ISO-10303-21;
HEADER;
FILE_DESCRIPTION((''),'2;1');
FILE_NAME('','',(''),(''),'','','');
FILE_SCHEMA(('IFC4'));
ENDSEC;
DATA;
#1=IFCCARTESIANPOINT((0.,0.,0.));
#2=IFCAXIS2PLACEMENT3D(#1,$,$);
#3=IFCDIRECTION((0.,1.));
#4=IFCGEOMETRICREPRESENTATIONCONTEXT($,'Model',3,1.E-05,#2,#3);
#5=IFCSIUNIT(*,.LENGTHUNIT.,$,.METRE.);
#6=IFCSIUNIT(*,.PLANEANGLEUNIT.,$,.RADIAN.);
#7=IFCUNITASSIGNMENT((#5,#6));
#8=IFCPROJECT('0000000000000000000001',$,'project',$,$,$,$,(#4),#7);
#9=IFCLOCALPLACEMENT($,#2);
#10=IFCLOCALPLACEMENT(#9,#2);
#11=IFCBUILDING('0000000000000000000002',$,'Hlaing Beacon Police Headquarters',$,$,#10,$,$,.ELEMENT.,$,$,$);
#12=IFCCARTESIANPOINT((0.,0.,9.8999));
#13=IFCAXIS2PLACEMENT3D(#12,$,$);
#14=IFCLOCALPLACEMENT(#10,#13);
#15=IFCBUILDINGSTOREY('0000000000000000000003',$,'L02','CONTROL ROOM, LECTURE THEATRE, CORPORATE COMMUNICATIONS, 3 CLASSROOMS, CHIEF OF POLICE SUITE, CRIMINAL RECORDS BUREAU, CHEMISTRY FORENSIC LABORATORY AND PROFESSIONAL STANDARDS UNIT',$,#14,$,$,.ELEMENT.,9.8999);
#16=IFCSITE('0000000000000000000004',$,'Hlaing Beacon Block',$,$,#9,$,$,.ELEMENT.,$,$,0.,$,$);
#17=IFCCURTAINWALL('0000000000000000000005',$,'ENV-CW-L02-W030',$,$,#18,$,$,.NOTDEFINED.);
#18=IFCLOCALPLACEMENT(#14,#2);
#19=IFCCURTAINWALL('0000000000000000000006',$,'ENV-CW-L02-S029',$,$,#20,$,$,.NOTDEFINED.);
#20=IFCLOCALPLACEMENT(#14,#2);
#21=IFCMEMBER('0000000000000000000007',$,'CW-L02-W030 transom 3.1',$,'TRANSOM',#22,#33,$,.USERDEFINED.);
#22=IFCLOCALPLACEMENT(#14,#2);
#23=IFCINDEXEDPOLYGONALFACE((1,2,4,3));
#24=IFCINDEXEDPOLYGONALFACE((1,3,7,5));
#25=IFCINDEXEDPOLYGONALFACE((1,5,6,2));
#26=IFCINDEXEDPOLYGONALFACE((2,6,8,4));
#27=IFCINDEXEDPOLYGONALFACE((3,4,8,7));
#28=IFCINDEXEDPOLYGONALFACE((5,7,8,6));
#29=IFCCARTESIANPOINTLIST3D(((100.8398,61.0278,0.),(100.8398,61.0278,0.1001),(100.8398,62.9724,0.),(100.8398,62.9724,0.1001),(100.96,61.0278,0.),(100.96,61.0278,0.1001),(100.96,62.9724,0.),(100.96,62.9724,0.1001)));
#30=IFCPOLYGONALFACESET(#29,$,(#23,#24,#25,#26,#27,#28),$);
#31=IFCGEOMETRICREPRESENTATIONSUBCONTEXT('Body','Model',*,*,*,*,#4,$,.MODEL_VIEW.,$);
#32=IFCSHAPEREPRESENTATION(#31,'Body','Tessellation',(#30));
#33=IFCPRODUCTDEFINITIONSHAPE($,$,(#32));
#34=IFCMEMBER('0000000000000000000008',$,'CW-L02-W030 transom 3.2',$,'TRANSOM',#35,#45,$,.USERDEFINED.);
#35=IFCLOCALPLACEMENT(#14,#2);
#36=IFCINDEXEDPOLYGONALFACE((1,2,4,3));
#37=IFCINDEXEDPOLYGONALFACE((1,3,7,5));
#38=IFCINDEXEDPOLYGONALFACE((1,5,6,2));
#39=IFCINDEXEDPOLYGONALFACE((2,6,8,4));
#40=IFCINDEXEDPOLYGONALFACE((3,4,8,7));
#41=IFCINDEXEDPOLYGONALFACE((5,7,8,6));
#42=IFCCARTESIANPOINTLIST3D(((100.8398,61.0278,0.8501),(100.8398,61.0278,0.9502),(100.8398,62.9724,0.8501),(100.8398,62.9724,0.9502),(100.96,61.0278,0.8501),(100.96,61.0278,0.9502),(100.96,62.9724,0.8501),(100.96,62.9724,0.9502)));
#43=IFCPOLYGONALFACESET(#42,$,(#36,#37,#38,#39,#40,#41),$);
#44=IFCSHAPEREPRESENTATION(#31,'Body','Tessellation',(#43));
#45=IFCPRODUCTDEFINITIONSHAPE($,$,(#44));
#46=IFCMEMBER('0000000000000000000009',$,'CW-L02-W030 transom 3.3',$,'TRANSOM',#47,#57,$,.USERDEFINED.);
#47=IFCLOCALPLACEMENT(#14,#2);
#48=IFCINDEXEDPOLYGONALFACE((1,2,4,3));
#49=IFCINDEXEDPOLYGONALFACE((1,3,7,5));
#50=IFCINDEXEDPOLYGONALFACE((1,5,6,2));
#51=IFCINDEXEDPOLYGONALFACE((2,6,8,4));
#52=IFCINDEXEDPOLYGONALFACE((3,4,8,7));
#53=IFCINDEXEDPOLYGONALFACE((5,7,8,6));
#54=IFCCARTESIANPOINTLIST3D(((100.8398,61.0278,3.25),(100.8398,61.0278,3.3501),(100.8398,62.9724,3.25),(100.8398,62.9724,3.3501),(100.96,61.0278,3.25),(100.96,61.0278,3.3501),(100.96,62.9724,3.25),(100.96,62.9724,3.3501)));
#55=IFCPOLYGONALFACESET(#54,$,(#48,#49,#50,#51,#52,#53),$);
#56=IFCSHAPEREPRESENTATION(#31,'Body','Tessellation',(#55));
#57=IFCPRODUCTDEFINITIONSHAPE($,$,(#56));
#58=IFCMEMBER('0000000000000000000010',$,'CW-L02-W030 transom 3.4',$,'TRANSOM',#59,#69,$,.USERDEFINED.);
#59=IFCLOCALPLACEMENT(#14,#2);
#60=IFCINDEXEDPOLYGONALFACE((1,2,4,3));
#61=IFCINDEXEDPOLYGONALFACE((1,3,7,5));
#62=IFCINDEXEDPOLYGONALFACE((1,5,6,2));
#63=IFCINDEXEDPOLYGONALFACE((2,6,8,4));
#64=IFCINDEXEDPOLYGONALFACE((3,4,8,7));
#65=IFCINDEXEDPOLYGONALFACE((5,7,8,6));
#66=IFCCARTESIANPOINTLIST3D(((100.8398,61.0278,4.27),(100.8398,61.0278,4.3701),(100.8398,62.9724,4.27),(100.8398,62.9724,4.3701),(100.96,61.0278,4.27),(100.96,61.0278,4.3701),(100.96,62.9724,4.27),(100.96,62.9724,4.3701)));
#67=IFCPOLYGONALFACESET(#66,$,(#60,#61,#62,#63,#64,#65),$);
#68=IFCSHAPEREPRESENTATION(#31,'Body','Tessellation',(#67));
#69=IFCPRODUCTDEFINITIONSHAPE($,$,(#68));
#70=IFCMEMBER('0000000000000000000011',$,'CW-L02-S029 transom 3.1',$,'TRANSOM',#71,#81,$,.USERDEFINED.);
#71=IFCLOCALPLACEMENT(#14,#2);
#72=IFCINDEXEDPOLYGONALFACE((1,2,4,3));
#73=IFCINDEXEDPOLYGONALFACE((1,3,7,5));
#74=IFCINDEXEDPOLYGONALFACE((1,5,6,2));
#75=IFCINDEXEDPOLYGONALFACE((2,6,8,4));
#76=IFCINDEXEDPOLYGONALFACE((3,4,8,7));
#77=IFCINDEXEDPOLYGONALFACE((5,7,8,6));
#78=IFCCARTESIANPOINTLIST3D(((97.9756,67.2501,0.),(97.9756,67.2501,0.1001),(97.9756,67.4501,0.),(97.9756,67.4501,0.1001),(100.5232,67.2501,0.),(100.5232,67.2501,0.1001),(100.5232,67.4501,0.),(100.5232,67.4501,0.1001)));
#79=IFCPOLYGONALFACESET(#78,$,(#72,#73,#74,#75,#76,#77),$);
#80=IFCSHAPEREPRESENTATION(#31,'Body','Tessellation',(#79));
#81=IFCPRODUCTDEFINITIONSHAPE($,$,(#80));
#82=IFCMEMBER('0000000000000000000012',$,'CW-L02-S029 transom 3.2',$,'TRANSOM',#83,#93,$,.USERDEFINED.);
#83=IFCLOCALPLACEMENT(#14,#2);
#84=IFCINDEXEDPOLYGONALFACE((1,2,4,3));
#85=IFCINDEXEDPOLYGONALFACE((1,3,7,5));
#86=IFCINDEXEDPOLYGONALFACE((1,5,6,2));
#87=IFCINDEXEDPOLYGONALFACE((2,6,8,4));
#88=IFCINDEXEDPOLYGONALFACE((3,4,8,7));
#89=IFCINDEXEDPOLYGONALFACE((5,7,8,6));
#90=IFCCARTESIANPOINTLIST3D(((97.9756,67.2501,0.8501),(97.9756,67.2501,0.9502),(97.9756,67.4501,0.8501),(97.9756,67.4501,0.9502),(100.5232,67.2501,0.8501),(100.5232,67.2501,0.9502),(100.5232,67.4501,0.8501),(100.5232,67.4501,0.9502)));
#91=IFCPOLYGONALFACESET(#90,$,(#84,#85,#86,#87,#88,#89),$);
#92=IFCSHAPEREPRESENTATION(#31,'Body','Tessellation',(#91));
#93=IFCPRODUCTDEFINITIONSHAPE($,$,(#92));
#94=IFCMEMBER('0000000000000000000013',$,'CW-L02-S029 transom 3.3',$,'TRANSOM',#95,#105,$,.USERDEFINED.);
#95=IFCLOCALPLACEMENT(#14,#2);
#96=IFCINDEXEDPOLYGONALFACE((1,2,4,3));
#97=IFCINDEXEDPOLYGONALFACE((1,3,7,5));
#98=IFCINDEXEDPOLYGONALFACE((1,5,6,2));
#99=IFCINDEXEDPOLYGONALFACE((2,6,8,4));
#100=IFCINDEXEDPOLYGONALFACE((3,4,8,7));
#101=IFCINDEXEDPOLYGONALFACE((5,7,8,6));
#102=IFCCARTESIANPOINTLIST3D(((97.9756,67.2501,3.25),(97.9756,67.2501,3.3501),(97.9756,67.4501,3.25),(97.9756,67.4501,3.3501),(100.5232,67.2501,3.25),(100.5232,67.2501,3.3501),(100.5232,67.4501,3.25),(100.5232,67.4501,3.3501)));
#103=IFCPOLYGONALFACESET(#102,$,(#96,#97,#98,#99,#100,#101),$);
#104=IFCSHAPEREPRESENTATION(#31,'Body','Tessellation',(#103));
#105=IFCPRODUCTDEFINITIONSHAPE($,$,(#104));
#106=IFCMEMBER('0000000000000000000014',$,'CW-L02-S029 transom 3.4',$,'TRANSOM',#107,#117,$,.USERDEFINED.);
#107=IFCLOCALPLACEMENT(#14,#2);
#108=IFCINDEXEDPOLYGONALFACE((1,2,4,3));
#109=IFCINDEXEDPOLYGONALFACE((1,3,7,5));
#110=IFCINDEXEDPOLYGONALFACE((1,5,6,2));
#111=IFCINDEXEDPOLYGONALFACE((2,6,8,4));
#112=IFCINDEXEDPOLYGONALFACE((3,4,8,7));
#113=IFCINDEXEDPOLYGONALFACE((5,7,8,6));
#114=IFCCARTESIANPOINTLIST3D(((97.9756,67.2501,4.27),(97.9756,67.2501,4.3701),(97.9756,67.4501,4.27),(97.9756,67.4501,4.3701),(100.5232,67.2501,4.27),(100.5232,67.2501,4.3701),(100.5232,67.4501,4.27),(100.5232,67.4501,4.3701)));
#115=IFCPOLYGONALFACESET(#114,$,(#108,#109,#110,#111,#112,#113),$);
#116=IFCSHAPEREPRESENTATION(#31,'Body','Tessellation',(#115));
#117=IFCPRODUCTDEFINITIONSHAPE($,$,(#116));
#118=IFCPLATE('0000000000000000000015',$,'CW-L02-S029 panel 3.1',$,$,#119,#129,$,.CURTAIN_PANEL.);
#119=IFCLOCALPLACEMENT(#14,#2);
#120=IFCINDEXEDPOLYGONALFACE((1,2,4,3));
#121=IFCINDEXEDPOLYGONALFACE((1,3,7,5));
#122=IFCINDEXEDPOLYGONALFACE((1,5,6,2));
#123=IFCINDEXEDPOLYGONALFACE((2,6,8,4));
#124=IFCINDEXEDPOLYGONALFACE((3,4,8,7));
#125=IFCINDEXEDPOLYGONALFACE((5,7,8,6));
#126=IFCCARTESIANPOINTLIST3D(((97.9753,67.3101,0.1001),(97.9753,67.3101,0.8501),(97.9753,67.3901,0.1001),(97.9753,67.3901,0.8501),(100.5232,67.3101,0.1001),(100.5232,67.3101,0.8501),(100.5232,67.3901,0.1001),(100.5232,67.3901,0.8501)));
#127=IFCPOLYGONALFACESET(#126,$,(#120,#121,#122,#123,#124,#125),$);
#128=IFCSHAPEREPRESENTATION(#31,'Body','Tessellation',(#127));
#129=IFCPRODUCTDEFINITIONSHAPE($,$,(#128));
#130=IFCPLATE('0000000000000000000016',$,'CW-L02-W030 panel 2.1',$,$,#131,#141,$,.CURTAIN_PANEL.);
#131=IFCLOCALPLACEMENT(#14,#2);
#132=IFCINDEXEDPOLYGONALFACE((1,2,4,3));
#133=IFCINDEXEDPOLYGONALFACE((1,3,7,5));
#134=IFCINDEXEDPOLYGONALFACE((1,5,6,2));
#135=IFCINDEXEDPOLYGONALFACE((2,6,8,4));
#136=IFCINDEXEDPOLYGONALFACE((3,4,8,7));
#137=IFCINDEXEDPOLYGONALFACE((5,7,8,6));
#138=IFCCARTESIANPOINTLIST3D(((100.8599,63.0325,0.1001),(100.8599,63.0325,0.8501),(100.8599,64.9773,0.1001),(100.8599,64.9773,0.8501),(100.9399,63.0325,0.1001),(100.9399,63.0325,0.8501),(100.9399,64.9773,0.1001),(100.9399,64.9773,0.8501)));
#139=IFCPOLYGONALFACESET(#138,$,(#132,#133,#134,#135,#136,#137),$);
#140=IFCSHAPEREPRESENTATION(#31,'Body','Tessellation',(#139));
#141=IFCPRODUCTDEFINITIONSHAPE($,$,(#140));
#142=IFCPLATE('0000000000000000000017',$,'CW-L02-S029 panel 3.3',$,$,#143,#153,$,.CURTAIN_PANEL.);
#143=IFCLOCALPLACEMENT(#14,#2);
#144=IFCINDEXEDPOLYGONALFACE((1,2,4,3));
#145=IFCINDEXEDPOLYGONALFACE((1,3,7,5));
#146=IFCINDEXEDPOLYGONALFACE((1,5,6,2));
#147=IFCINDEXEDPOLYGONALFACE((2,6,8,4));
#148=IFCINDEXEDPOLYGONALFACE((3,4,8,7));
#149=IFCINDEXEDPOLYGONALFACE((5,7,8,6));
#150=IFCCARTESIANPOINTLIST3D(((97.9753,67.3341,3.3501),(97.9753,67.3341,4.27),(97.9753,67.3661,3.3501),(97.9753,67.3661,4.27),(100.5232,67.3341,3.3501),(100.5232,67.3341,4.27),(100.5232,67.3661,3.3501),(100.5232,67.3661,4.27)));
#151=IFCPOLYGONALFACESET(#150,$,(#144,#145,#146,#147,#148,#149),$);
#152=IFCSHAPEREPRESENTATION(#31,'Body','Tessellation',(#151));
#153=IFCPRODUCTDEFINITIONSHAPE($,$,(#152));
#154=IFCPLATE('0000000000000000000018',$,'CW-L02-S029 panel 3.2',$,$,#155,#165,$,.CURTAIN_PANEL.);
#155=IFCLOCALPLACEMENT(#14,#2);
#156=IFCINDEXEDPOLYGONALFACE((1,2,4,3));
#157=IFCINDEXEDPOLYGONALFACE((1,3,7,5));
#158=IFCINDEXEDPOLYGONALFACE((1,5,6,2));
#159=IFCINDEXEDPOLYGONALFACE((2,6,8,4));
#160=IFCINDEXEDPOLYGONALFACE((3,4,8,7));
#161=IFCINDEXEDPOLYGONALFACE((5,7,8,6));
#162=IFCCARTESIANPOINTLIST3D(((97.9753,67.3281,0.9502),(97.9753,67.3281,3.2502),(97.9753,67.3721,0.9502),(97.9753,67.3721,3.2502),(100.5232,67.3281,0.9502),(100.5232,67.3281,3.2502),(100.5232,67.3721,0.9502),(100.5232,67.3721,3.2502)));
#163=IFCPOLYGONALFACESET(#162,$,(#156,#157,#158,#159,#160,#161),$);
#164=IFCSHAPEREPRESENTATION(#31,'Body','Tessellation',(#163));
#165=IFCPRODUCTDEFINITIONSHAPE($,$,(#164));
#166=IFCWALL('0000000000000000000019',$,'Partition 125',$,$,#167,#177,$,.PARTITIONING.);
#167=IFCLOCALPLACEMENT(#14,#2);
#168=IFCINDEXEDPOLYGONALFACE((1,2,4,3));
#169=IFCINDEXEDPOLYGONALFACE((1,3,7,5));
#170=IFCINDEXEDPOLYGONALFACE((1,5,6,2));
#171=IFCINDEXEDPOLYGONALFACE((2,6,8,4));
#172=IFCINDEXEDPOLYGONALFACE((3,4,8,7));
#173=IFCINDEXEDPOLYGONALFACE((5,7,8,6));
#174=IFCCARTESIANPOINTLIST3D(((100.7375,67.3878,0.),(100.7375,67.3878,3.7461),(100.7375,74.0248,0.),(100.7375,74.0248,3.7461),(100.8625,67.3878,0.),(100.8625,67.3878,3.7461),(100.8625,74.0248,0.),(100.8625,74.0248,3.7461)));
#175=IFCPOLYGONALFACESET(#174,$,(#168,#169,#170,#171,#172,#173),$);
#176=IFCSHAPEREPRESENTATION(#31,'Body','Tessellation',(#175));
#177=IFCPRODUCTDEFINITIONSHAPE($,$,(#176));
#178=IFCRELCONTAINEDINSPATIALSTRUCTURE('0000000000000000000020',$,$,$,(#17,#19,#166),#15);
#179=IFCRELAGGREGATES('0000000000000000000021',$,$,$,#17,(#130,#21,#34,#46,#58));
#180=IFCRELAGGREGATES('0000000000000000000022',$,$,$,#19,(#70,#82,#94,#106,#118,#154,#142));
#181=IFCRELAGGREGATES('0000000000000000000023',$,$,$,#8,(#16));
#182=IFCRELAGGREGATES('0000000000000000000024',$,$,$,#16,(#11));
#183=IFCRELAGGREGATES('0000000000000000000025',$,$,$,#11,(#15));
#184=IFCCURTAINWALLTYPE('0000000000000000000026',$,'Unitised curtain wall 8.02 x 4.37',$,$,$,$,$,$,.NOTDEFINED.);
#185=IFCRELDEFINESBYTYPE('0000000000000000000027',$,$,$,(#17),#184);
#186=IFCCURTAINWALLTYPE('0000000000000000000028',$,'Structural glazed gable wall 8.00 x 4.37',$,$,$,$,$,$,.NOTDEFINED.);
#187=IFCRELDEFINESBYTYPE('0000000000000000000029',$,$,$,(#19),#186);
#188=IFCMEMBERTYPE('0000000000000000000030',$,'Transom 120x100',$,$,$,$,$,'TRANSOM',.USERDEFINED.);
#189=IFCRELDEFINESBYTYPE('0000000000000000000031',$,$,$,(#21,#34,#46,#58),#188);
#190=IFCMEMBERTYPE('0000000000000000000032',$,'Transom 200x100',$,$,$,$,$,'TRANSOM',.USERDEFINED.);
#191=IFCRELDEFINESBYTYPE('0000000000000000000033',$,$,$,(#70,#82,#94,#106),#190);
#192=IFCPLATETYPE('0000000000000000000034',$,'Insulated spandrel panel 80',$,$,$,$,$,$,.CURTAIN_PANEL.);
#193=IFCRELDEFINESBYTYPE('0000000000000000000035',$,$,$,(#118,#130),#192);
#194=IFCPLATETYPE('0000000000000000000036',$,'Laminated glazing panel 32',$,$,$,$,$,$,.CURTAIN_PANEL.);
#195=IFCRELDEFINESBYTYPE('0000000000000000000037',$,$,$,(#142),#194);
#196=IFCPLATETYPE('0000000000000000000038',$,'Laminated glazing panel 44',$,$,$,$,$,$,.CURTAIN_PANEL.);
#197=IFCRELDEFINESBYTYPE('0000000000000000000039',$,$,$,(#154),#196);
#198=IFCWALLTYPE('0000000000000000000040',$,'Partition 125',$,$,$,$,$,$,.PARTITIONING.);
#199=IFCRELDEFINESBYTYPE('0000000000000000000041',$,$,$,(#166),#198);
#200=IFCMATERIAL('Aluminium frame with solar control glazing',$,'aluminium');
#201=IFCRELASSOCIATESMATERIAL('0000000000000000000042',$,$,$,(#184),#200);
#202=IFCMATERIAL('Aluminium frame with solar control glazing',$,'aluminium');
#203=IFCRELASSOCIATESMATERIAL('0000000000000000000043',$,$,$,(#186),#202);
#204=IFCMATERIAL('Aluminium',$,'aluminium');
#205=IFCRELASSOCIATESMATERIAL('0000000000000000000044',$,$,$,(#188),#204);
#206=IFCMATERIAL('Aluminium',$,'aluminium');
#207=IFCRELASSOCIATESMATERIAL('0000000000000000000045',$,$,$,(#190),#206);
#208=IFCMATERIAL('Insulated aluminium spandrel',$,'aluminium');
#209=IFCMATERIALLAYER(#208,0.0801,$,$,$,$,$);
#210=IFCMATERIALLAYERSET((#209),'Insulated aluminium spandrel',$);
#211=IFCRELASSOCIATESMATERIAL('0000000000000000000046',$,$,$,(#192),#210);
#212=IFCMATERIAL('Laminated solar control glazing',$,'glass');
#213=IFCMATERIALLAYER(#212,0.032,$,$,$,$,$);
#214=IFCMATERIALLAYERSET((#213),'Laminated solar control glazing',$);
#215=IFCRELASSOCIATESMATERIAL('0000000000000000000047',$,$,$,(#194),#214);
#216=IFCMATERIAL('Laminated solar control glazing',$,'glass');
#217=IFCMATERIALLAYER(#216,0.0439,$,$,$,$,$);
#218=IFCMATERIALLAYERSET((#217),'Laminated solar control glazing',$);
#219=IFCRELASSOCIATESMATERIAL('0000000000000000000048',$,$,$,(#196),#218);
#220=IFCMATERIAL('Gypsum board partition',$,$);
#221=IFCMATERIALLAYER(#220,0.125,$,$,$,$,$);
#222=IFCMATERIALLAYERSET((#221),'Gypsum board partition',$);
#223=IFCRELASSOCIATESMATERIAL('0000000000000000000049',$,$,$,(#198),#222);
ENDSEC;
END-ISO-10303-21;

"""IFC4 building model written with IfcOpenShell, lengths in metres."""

from ifc_helpers import new_model, si_unit, direction, frame, frame_2d, origin, origin_2d, place, context, subcontext, project, spatial, rectangle, extrude, material, layer, layer_set, material_profile, profile_set, type_object, element, aggregate, save


model = new_model("IFC4")

# Units and contexts
model_context = context("Model", 3, precision=1e-05, world=origin(), true_north=direction((0.0, 1.0)))
body_context = subcontext(model_context, "Body", "Model", "MODEL_VIEW")
ifc_project = project(units=[si_unit("LENGTHUNIT", "METRE"), si_unit("PLANEANGLEUNIT", "RADIAN")], contexts=[model_context])

# Site, building, storey
site_placement = place(None, origin())
site = spatial("IfcSite", under=ifc_project, at=site_placement, Name="Hlaing Beacon Block", CompositionType="ELEMENT", RefElevation=0.0)
building_placement = place(site_placement, origin())
building = spatial("IfcBuilding", under=site, at=building_placement, Name="Hlaing Beacon Police Headquarters", CompositionType="ELEMENT")
storey_placement = place(building_placement, frame((0.0, 0.0, 9.8999)))
storey = spatial("IfcBuildingStorey", under=building, at=storey_placement, Name="L02", Description="CONTROL ROOM, LECTURE THEATRE, CORPORATE COMMUNICATIONS, 3 CLASSROOMS, CHIEF OF POLICE SUITE, CRIMINAL RECORDS BUREAU, CHEMISTRY FORENSIC LABORATORY AND PROFESSIONAL STANDARDS UNIT", CompositionType="ELEMENT", Elevation=9.8999)

# Curtain wall
ifc_material_1 = material(Name="Aluminium frame with solar control glazing", Category="aluminium")
curtain_wall_type_1 = type_object("IfcCurtainWallType", Name="Unitised curtain wall 8.02 x 4.37", PredefinedType="NOTDEFINED", material=ifc_material_1)
curtain_wall_1_placement = place(storey_placement, origin())
curtain_wall_1 = element("IfcCurtainWall", 1, at=curtain_wall_1_placement, inside=storey, type_object=curtain_wall_type_1, Name="ENV-CW-L02-W030", PredefinedType="NOTDEFINED")

# Curtain wall
ifc_material_2 = material(Name="Aluminium frame with solar control glazing", Category="aluminium")
curtain_wall_type_2 = type_object("IfcCurtainWallType", Name="Structural glazed gable wall 8.00 x 4.37", PredefinedType="NOTDEFINED", material=ifc_material_2)
curtain_wall_2_placement = place(storey_placement, origin())
curtain_wall_2 = element("IfcCurtainWall", 2, at=curtain_wall_2_placement, inside=storey, type_object=curtain_wall_type_2, Name="ENV-CW-L02-S029", PredefinedType="NOTDEFINED")

# Members
ifc_material_3 = material(Name="Aluminium", Category="aluminium")
ifc_material_profile_1 = material_profile(ifc_material_3, rectangle(XDim=0.1201, YDim=0.1001, at=origin_2d()), Name="Transom 120x100")
ifc_profile_set_1 = profile_set([ifc_material_profile_1], Name="Aluminium")
member_type_1 = type_object("IfcMemberType", Name="Transom 120x100", ElementType="TRANSOM", PredefinedType="USERDEFINED", material=ifc_profile_set_1)
member_1_placement = place(storey_placement, frame((100.8999, 62.9724, 0.05), z_axis=(0.0, -1.0, 0.0), x_axis=(1.0, 0.0, 0.0)))
member_1 = element("IfcMember", 3, at=member_1_placement, type_object=member_type_1, Name="CW-L02-W030 transom 3.1", ObjectType="TRANSOM", PredefinedType="USERDEFINED", context=body_context, shape_type="SweptSolid", body=[
    extrude(rectangle(XDim=0.1201, YDim=0.1001, at=origin_2d()), origin(), (0.0, 0.0, 1.0), 1.9446),
])
member_2_placement = place(storey_placement, frame((100.8999, 62.9724, 0.9001), z_axis=(0.0, -1.0, 0.0), x_axis=(1.0, 0.0, 0.0)))
member_2 = element("IfcMember", 4, at=member_2_placement, type_object=member_type_1, Name="CW-L02-W030 transom 3.2", ObjectType="TRANSOM", PredefinedType="USERDEFINED", context=body_context, shape_type="SweptSolid", body=[
    extrude(rectangle(XDim=0.1201, YDim=0.1001, at=origin_2d()), origin(), (0.0, 0.0, 1.0), 1.9446),
])
member_3_placement = place(storey_placement, frame((100.8999, 62.9724, 3.3), z_axis=(0.0, -1.0, 0.0), x_axis=(1.0, 0.0, 0.0)))
member_3 = element("IfcMember", 5, at=member_3_placement, type_object=member_type_1, Name="CW-L02-W030 transom 3.3", ObjectType="TRANSOM", PredefinedType="USERDEFINED", context=body_context, shape_type="SweptSolid", body=[
    extrude(rectangle(XDim=0.1201, YDim=0.1001, at=origin_2d()), origin(), (0.0, 0.0, 1.0), 1.9446),
])
member_4_placement = place(storey_placement, frame((100.8999, 62.9724, 4.3201), z_axis=(0.0, -1.0, 0.0), x_axis=(1.0, 0.0, 0.0)))
member_4 = element("IfcMember", 6, at=member_4_placement, type_object=member_type_1, Name="CW-L02-W030 transom 3.4", ObjectType="TRANSOM", PredefinedType="USERDEFINED", context=body_context, shape_type="SweptSolid", body=[
    extrude(rectangle(XDim=0.1201, YDim=0.1001, at=origin_2d()), origin(), (0.0, 0.0, 1.0), 1.9446),
])
ifc_material_4 = material(Name="Aluminium", Category="aluminium")
ifc_material_profile_2 = material_profile(ifc_material_4, rectangle(XDim=0.2, YDim=0.1001, at=origin_2d()), Name="Transom 200x100")
ifc_profile_set_2 = profile_set([ifc_material_profile_2], Name="Aluminium")
member_type_2 = type_object("IfcMemberType", Name="Transom 200x100", ElementType="TRANSOM", PredefinedType="USERDEFINED", material=ifc_profile_set_2)
member_5_placement = place(storey_placement, frame((97.9756, 67.3501, 0.05), z_axis=(1.0, 0.0, 0.0), x_axis=(0.0, 1.0, 0.0)))
member_5 = element("IfcMember", 7, at=member_5_placement, type_object=member_type_2, Name="CW-L02-S029 transom 3.1", ObjectType="TRANSOM", PredefinedType="USERDEFINED", context=body_context, shape_type="SweptSolid", body=[
    extrude(rectangle(XDim=0.2, YDim=0.1001, at=origin_2d()), origin(), (0.0, 0.0, 1.0), 2.5476),
])
member_6_placement = place(storey_placement, frame((97.9756, 67.3501, 0.9001), z_axis=(1.0, 0.0, 0.0), x_axis=(0.0, 1.0, 0.0)))
member_6 = element("IfcMember", 8, at=member_6_placement, type_object=member_type_2, Name="CW-L02-S029 transom 3.2", ObjectType="TRANSOM", PredefinedType="USERDEFINED", context=body_context, shape_type="SweptSolid", body=[
    extrude(rectangle(XDim=0.2, YDim=0.1001, at=origin_2d()), origin(), (0.0, 0.0, 1.0), 2.5476),
])
member_7_placement = place(storey_placement, frame((97.9756, 67.3501, 3.3), z_axis=(1.0, 0.0, 0.0), x_axis=(0.0, 1.0, 0.0)))
member_7 = element("IfcMember", 9, at=member_7_placement, type_object=member_type_2, Name="CW-L02-S029 transom 3.3", ObjectType="TRANSOM", PredefinedType="USERDEFINED", context=body_context, shape_type="SweptSolid", body=[
    extrude(rectangle(XDim=0.2, YDim=0.1001, at=origin_2d()), origin(), (0.0, 0.0, 1.0), 2.5476),
])
member_8_placement = place(storey_placement, frame((97.9756, 67.3501, 4.3201), z_axis=(1.0, 0.0, 0.0), x_axis=(0.0, 1.0, 0.0)))
member_8 = element("IfcMember", 10, at=member_8_placement, type_object=member_type_2, Name="CW-L02-S029 transom 3.4", ObjectType="TRANSOM", PredefinedType="USERDEFINED", context=body_context, shape_type="SweptSolid", body=[
    extrude(rectangle(XDim=0.2, YDim=0.1001, at=origin_2d()), origin(), (0.0, 0.0, 1.0), 2.5476),
])

# Plates
ifc_material_5 = material(Name="Insulated aluminium spandrel", Category="aluminium")
ifc_layer_1 = layer(ifc_material_5, 0.0801)
ifc_layer_set_1 = layer_set([ifc_layer_1], Name="Insulated aluminium spandrel")
plate_type_1 = type_object("IfcPlateType", Name="Insulated spandrel panel 80", PredefinedType="CURTAIN_PANEL", material=ifc_layer_set_1)
plate_1_placement = place(storey_placement, frame((99.2493, 67.3501, 0.1001), z_axis=(0.0, 0.0, 1.0), x_axis=(1.0, 0.0, 0.0)))
plate_1 = element("IfcPlate", 11, at=plate_1_placement, type_object=plate_type_1, Name="CW-L02-S029 panel 3.1", PredefinedType="CURTAIN_PANEL", context=body_context, shape_type="SweptSolid", body=[
    extrude(rectangle(XDim=2.5479, YDim=0.0801, at=origin_2d()), origin(), (0.0, 0.0, 1.0), 0.75),
])
plate_2_placement = place(storey_placement, frame((100.8999, 64.0049, 0.1001), z_axis=(0.0, 0.0, 1.0), x_axis=(0.0, -1.0, 0.0)))
plate_2 = element("IfcPlate", 12, at=plate_2_placement, type_object=plate_type_1, Name="CW-L02-W030 panel 2.1", PredefinedType="CURTAIN_PANEL", context=body_context, shape_type="SweptSolid", body=[
    extrude(rectangle(XDim=1.9448, YDim=0.0801, at=origin_2d()), origin(), (0.0, 0.0, 1.0), 0.75),
])
aggregate(curtain_wall_1, [plate_2, member_1, member_2, member_3, member_4])
ifc_material_6 = material(Name="Laminated solar control glazing", Category="glass")
ifc_layer_2 = layer(ifc_material_6, 0.032)
ifc_layer_set_2 = layer_set([ifc_layer_2], Name="Laminated solar control glazing")
plate_type_2 = type_object("IfcPlateType", Name="Laminated glazing panel 32", PredefinedType="CURTAIN_PANEL", material=ifc_layer_set_2)
plate_3_placement = place(storey_placement, frame((99.2493, 67.3501, 3.3501), z_axis=(0.0, 0.0, 1.0), x_axis=(1.0, 0.0, 0.0)))
plate_3 = element("IfcPlate", 13, at=plate_3_placement, type_object=plate_type_2, Name="CW-L02-S029 panel 3.3", PredefinedType="CURTAIN_PANEL", context=body_context, shape_type="SweptSolid", body=[
    extrude(rectangle(XDim=2.5479, YDim=0.032, at=origin_2d()), origin(), (0.0, 0.0, 1.0), 0.9199),
])
ifc_material_7 = material(Name="Laminated solar control glazing", Category="glass")
ifc_layer_3 = layer(ifc_material_7, 0.0439)
ifc_layer_set_3 = layer_set([ifc_layer_3], Name="Laminated solar control glazing")
plate_type_3 = type_object("IfcPlateType", Name="Laminated glazing panel 44", PredefinedType="CURTAIN_PANEL", material=ifc_layer_set_3)
plate_4_placement = place(storey_placement, frame((99.2493, 67.3501, 0.9502), z_axis=(0.0, 0.0, 1.0), x_axis=(1.0, 0.0, 0.0)))
plate_4 = element("IfcPlate", 14, at=plate_4_placement, type_object=plate_type_3, Name="CW-L02-S029 panel 3.2", PredefinedType="CURTAIN_PANEL", context=body_context, shape_type="SweptSolid", body=[
    extrude(rectangle(XDim=2.5479, YDim=0.0439, at=origin_2d()), origin(), (0.0, 0.0, 1.0), 2.3),
])
aggregate(curtain_wall_2, [member_5, member_6, member_7, member_8, plate_1, plate_4, plate_3])

# Wall
ifc_material_8 = material(Name="Gypsum board partition")
ifc_layer_4 = layer(ifc_material_8, 0.125)
ifc_layer_set_4 = layer_set([ifc_layer_4], Name="Gypsum board partition")
wall_type = type_object("IfcWallType", Name="Partition 125", PredefinedType="PARTITIONING", material=ifc_layer_set_4)
wall_placement = place(storey_placement, frame((100.8, 67.3879, 0.0), z_axis=(0.0, 0.0, 1.0), x_axis=(0.0, 1.0, 0.0)))
element("IfcWall", 15, at=wall_placement, inside=storey, type_object=wall_type, Name="Partition 125", PredefinedType="PARTITIONING", context=body_context, shape_type="SweptSolid", body=[
    extrude(rectangle(XDim=6.637, YDim=0.125, at=frame_2d((3.3184, 0.0))), origin(), (0.0, 0.0, 1.0), 3.7461),
])

save(model, "model.ifc")
